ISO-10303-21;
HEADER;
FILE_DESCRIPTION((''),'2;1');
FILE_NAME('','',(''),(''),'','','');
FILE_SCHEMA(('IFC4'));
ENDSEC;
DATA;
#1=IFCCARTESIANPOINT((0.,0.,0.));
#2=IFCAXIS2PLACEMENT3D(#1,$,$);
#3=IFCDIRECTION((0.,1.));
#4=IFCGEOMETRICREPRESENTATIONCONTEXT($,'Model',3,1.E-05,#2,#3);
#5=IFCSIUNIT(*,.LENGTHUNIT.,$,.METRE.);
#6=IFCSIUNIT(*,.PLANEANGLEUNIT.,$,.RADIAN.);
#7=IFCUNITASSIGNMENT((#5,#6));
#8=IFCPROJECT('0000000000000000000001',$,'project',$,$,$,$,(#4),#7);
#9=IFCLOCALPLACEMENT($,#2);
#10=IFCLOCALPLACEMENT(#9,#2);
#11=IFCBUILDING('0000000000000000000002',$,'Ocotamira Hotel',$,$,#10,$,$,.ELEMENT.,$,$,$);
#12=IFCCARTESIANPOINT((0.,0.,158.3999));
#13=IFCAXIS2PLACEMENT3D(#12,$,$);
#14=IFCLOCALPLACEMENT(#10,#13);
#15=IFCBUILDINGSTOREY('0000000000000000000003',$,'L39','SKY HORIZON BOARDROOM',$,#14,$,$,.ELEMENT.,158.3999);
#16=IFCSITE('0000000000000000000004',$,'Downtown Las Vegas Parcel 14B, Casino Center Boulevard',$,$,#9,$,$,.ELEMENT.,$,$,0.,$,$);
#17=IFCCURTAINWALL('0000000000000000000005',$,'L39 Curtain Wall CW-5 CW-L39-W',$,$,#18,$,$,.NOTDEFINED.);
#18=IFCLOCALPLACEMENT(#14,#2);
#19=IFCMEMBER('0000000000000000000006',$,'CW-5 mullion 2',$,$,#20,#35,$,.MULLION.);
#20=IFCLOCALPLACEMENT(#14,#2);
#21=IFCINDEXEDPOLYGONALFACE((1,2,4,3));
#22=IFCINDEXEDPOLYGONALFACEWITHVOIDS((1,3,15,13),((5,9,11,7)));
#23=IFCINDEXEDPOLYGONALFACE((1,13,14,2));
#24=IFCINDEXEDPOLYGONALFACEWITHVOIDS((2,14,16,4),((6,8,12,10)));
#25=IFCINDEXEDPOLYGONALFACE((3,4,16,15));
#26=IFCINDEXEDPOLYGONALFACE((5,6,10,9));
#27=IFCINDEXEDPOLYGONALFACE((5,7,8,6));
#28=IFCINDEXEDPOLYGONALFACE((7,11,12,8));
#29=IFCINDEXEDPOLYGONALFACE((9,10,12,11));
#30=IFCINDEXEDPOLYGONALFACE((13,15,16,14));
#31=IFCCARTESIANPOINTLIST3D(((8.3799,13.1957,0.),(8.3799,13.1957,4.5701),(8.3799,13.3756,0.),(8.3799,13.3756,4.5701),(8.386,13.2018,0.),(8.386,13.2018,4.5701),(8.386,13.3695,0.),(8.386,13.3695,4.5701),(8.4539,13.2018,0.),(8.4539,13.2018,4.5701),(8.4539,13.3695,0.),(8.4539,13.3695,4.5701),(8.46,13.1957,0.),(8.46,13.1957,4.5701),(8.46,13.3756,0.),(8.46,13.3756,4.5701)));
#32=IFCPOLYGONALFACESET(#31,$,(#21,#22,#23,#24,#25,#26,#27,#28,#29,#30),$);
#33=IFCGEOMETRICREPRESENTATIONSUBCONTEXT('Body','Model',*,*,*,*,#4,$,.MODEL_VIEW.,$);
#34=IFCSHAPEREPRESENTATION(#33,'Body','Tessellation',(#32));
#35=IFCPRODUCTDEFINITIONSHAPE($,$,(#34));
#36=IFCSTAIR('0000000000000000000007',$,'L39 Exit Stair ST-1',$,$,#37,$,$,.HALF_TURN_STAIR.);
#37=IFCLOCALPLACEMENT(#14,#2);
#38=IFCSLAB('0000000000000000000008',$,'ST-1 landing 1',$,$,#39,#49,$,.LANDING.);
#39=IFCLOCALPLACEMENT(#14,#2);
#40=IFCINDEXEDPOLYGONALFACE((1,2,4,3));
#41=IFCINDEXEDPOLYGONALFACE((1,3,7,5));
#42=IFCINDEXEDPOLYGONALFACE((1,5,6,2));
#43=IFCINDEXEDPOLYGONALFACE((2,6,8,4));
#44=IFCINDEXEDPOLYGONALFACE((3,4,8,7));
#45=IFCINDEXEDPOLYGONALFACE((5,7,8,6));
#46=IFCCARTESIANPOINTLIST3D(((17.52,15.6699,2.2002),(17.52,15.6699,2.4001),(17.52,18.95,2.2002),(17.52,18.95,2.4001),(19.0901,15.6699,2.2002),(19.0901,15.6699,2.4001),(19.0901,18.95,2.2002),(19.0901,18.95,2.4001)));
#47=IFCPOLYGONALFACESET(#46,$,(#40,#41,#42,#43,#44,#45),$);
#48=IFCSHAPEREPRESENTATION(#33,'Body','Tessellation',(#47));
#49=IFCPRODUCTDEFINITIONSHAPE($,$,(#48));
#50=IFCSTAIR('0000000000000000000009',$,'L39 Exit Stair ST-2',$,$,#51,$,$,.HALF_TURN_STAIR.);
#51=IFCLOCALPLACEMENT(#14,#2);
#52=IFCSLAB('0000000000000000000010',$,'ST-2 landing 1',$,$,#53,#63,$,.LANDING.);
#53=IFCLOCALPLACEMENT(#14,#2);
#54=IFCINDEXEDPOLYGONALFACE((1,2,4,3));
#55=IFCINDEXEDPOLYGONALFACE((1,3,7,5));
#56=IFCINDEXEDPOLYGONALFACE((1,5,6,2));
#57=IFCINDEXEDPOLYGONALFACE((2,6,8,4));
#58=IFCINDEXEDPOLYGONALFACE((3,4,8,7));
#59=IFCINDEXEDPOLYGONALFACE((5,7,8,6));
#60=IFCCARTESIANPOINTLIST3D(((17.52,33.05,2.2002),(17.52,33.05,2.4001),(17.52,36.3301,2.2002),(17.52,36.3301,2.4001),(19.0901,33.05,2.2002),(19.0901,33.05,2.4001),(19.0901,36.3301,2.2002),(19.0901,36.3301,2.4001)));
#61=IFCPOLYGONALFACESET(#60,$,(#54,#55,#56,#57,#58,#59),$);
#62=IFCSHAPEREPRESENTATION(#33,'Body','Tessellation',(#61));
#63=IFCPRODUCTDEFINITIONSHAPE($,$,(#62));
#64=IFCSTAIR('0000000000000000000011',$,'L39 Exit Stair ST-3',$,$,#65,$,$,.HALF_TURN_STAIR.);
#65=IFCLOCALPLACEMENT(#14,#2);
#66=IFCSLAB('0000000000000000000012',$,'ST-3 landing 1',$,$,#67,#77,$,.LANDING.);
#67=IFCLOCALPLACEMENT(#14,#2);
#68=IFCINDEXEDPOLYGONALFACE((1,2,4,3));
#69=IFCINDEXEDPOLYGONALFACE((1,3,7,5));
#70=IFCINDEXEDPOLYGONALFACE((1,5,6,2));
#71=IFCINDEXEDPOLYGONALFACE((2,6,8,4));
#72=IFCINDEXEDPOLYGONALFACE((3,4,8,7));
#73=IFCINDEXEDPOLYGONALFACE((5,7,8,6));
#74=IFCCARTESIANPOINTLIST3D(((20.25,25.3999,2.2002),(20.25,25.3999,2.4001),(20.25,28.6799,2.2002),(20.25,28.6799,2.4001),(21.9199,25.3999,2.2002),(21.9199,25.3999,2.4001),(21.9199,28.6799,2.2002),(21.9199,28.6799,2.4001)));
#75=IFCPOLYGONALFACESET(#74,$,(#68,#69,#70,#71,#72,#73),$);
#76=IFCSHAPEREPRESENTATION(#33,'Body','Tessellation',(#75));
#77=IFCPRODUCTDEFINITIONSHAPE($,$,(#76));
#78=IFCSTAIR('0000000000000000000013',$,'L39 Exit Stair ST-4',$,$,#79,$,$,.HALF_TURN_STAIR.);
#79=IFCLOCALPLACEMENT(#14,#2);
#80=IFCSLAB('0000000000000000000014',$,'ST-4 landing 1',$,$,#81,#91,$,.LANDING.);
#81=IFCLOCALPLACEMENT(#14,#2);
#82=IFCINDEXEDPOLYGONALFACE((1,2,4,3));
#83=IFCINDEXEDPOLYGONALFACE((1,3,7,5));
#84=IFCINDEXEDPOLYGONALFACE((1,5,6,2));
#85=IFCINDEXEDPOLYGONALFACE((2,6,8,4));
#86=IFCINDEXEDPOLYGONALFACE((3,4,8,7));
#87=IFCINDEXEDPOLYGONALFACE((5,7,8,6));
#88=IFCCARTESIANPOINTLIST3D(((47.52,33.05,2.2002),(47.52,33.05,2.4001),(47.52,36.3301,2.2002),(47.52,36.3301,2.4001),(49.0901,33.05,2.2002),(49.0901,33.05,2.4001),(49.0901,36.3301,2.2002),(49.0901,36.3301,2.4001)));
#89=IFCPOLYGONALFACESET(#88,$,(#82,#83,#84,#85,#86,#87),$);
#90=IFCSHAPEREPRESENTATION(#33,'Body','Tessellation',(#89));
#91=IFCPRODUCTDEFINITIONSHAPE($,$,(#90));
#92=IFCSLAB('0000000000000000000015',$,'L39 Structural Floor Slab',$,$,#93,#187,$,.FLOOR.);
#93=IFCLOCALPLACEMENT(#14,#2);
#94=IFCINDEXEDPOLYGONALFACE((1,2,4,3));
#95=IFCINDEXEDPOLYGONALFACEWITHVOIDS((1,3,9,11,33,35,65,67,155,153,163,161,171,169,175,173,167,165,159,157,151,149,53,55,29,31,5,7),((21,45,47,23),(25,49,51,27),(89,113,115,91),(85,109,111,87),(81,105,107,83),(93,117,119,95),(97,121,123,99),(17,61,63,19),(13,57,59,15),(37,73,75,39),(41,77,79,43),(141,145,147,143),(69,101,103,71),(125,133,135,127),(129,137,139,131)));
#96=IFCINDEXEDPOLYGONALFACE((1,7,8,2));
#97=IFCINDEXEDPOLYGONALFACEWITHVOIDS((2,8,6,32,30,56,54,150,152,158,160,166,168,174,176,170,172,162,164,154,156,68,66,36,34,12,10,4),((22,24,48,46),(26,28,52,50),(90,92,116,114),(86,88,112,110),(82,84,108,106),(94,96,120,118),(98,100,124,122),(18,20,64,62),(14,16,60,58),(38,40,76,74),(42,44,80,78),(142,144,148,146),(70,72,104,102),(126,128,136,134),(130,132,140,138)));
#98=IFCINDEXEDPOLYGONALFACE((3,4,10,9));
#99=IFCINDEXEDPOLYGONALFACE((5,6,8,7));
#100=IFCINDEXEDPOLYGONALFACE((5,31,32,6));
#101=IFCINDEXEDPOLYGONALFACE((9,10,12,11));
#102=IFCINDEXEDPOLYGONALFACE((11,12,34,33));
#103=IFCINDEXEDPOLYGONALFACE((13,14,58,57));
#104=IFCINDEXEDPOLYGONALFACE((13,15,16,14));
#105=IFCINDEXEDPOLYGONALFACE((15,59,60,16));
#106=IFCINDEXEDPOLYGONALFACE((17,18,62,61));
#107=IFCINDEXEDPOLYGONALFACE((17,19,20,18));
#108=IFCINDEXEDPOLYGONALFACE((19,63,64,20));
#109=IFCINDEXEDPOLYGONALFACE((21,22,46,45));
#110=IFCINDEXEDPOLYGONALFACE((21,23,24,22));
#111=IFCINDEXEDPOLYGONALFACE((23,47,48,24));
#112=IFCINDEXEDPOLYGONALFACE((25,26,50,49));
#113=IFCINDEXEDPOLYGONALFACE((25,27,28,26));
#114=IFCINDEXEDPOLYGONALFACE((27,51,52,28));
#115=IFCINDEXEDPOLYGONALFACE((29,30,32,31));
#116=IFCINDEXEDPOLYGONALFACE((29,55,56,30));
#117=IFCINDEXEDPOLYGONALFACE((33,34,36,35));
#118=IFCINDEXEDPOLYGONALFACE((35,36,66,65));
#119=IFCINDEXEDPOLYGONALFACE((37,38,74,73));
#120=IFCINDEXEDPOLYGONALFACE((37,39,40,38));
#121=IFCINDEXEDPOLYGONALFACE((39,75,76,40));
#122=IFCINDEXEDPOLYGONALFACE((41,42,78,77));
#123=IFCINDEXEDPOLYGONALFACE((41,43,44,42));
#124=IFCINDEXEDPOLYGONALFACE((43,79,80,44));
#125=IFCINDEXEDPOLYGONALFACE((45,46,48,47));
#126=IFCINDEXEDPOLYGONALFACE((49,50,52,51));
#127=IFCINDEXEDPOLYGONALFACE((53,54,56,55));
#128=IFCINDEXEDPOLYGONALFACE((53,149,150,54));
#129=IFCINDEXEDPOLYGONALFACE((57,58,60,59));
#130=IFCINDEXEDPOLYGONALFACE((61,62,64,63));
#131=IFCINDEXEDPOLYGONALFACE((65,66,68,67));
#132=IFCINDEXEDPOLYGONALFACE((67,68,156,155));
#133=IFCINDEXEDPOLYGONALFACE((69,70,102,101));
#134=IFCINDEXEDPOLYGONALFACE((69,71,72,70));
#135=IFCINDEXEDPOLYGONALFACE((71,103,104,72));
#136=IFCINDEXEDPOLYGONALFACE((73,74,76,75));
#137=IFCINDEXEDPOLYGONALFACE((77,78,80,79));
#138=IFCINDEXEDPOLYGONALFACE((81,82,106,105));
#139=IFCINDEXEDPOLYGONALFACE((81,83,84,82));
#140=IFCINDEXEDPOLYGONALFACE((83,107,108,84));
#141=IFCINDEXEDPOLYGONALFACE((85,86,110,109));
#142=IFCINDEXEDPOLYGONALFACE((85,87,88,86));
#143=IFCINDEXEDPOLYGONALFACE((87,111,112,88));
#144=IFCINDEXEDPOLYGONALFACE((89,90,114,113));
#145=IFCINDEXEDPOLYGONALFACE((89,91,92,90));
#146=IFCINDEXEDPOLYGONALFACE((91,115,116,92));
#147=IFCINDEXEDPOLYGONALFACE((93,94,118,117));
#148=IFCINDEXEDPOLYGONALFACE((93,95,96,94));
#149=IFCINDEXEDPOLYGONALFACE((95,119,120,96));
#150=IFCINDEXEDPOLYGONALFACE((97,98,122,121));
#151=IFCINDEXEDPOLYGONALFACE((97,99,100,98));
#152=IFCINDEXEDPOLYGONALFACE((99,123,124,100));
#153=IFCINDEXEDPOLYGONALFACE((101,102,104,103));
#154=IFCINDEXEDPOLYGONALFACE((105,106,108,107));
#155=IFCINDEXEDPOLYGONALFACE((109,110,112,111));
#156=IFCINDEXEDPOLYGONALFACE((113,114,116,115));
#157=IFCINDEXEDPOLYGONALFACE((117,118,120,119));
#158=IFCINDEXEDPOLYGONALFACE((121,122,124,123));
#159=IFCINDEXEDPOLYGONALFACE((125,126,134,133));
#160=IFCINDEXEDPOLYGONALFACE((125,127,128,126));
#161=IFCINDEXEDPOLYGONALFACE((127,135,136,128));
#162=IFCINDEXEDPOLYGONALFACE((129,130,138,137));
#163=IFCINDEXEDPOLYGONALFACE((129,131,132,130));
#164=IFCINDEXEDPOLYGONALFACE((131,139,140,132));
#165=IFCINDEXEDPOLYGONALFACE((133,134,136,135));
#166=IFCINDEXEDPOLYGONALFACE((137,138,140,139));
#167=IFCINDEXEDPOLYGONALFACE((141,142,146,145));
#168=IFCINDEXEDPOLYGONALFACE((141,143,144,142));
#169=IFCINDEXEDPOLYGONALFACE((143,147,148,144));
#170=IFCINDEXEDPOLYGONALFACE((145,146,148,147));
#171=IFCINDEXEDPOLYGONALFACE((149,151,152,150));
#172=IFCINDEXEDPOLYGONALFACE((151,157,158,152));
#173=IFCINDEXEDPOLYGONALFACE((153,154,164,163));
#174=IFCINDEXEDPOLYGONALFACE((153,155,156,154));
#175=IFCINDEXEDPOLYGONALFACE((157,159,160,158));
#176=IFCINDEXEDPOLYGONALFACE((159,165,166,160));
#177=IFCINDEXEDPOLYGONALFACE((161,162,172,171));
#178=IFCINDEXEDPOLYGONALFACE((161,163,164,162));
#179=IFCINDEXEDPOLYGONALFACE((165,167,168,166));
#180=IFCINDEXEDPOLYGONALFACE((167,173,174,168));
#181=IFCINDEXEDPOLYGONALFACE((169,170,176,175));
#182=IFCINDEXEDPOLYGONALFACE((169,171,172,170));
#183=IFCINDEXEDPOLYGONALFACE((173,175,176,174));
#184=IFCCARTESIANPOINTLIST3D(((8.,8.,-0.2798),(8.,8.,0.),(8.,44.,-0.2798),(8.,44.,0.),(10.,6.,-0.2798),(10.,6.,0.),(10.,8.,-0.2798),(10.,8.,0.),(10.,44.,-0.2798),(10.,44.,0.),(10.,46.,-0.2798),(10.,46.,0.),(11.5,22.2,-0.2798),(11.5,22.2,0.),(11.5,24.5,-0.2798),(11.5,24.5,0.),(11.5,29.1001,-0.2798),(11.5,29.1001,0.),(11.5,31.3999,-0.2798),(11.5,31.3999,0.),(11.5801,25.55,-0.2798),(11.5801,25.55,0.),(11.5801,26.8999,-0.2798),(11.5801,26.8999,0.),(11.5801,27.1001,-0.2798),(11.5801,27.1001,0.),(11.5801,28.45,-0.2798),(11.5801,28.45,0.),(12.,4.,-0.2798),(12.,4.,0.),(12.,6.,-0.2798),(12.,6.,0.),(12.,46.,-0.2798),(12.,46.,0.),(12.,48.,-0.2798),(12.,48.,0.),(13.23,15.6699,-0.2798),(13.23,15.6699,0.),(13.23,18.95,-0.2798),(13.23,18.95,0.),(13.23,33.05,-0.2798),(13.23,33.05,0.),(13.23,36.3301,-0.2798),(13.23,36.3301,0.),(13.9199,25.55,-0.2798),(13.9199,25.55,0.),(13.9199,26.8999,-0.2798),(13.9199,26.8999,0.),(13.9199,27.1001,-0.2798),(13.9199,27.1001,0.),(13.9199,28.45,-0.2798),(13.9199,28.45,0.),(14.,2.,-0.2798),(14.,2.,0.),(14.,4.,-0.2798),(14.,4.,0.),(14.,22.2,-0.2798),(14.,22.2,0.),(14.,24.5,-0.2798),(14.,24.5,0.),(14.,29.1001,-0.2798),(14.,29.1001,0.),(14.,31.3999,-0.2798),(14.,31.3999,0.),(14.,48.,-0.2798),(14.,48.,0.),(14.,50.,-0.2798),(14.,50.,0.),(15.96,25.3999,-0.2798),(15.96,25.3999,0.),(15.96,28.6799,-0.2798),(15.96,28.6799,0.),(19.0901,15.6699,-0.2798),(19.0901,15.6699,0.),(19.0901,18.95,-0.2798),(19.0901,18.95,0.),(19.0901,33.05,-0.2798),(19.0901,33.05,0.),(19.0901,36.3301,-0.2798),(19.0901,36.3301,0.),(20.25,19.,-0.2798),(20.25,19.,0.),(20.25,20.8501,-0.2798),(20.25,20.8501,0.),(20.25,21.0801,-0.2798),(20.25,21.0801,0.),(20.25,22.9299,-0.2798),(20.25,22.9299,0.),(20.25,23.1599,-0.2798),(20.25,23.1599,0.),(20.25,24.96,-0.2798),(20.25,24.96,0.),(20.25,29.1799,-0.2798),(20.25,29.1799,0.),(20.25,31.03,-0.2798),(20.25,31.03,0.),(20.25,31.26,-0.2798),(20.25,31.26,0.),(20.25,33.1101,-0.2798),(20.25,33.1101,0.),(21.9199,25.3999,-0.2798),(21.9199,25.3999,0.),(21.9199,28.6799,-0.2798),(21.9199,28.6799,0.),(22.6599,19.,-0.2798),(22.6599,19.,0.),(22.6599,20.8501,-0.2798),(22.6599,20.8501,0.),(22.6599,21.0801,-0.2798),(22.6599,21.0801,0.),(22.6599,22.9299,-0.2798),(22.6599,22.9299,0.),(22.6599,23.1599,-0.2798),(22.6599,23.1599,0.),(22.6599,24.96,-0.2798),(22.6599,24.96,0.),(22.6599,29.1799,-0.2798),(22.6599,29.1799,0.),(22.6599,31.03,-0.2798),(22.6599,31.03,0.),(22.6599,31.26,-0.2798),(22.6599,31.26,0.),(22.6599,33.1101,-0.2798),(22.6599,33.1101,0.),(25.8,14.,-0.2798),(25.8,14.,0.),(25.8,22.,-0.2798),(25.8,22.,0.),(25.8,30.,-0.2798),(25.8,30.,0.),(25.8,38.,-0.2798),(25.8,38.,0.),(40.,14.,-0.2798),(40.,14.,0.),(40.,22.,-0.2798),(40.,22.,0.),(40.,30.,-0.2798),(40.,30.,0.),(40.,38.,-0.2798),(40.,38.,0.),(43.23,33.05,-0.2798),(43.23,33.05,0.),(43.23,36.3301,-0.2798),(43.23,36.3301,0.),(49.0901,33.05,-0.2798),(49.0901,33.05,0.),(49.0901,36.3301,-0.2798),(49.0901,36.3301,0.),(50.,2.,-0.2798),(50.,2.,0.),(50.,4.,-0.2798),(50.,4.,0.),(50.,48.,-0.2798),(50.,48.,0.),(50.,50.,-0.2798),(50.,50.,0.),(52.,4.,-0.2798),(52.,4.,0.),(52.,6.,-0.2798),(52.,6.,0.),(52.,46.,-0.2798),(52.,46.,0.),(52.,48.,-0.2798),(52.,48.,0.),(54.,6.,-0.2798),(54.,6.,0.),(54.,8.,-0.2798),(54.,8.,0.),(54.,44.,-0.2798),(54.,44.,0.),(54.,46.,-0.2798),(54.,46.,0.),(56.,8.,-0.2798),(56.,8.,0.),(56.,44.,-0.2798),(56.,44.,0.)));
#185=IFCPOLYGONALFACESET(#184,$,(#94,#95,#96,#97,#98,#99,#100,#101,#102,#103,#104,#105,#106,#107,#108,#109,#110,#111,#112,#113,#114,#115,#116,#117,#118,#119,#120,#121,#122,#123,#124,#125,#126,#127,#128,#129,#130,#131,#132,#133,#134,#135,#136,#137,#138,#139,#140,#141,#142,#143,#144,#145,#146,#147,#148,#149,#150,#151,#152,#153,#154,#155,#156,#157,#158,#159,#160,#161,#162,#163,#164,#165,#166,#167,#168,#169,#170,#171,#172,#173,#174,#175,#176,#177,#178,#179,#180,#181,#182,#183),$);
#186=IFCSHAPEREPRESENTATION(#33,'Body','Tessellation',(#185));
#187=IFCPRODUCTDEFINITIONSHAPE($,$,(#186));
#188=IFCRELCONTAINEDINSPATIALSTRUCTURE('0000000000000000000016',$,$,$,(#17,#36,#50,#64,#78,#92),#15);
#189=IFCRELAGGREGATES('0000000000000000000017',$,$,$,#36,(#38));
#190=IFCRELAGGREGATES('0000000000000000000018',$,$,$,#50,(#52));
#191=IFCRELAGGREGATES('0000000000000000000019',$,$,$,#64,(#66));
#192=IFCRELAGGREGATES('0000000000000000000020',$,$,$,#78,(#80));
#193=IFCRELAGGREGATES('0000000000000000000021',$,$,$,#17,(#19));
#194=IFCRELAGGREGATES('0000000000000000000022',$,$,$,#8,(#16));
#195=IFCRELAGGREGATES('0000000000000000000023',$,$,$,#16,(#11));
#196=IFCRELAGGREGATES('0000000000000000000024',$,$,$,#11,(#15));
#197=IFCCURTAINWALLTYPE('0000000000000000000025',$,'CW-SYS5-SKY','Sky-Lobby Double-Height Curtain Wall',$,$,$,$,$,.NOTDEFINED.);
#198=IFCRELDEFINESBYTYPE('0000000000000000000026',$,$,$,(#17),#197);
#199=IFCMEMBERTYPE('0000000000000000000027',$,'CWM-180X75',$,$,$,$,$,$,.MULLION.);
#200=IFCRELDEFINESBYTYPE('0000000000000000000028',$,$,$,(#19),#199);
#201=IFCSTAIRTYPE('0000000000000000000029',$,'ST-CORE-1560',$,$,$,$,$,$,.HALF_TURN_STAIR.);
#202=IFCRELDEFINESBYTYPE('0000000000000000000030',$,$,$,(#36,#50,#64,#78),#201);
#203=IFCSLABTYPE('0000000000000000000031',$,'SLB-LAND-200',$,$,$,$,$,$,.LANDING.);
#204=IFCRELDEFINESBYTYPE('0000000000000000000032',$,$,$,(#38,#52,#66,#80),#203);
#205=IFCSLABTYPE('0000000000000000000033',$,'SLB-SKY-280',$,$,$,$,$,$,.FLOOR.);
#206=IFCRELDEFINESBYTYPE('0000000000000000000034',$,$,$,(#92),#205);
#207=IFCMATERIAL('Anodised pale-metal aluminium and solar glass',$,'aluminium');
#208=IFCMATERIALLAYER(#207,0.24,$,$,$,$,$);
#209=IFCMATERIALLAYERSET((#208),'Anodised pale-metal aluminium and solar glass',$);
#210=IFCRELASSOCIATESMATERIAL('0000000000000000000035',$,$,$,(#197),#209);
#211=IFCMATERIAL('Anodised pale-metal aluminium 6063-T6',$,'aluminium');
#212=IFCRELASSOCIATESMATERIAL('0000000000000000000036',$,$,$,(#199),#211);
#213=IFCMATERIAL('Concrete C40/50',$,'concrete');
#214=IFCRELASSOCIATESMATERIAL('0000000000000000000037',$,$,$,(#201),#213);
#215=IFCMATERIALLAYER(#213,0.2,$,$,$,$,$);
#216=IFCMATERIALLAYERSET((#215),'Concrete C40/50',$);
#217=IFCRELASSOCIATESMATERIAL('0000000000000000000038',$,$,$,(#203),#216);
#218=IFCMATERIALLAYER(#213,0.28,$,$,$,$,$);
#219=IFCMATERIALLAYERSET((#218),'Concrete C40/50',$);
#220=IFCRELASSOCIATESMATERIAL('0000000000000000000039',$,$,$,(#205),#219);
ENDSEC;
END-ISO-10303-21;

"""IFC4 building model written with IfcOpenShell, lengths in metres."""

from ifc_helpers import new_model, si_unit, direction, frame, origin, origin_2d, place, context, subcontext, project, spatial, polyline, hollow_rectangle, outline, extrude, source, transform, mapped, material, layer, layer_set, material_profile, profile_set, type_object, element, aggregate, save


model = new_model("IFC4")

# Units and contexts
model_context = context("Model", 3, precision=1e-05, world=origin(), true_north=direction((0.0, 1.0)))
body_context = subcontext(model_context, "Body", "Model", "MODEL_VIEW")
ifc_project = project(units=[si_unit("LENGTHUNIT", "METRE"), si_unit("PLANEANGLEUNIT", "RADIAN")], contexts=[model_context])

# Site, building, storey
site_placement = place(None, origin())
site = spatial("IfcSite", under=ifc_project, at=site_placement, Name="Downtown Las Vegas Parcel 14B, Casino Center Boulevard", CompositionType="ELEMENT", RefElevation=0.0)
building_placement = place(site_placement, origin())
building = spatial("IfcBuilding", under=site, at=building_placement, Name="Ocotamira Hotel", CompositionType="ELEMENT")
storey_placement = place(building_placement, frame((0.0, 0.0, 158.3999)))
storey = spatial("IfcBuildingStorey", under=building, at=storey_placement, Name="L39", Description="SKY HORIZON BOARDROOM", CompositionType="ELEMENT", Elevation=158.3999)

# Curtain wall, member
ifc_material_1 = material(Name="Anodised pale-metal aluminium and solar glass", Category="aluminium")
ifc_layer_1 = layer(ifc_material_1, 0.24)
ifc_layer_set_1 = layer_set([ifc_layer_1], Name="Anodised pale-metal aluminium and solar glass")
curtain_wall_type = type_object("IfcCurtainWallType", Name="CW-SYS5-SKY", Description="Sky-Lobby Double-Height Curtain Wall", PredefinedType="NOTDEFINED", material=ifc_layer_set_1)
curtain_wall_placement = place(storey_placement, origin())
curtain_wall = element("IfcCurtainWall", 1, at=curtain_wall_placement, inside=storey, type_object=curtain_wall_type, Name="L39 Curtain Wall CW-5 CW-L39-W", PredefinedType="NOTDEFINED")
ifc_material_2 = material(Name="Anodised pale-metal aluminium 6063-T6", Category="aluminium")
ifc_material_profile_1 = material_profile(ifc_material_2, hollow_rectangle(XDim=0.0801, YDim=0.1799, WallThickness=0.0061, at=origin_2d()), Name="HSS180X80X6")
ifc_profile_set_1 = profile_set([ifc_material_profile_1], Name="Anodised pale-metal aluminium 6063-T6")
member_type_1 = type_object("IfcMemberType", Name="CWM-180X75", PredefinedType="MULLION", material=ifc_profile_set_1)
shared_shape_1 = source(origin(), body_context, "Body", "SweptSolid", [
    extrude(hollow_rectangle(XDim=0.0801, YDim=0.1799, WallThickness=0.0061, at=origin_2d()), origin(), (0.0, 0.0, 1.0), 4.5701),
])
member_1_placement = place(storey_placement, frame((8.4199, 13.2856, 0.0), z_axis=(0.0, 0.0, 1.0), x_axis=(-1.0, 0.0, 0.0)))
member_1 = element("IfcMember", 2, at=member_1_placement, type_object=member_type_1, Name="CW-5 mullion 2", PredefinedType="MULLION", context=body_context, shape_type="MappedRepresentation", body=[
    mapped(shared_shape_1, transform((0.0, 0.0, 0.0), scale=1.0)),
])

# Stairs, slabs
ifc_material_3 = material(Name="Concrete C40/50", Category="concrete")
stair_type = type_object("IfcStairType", Name="ST-CORE-1560", PredefinedType="HALF_TURN_STAIR", material=ifc_material_3)
stair_1_placement = place(storey_placement, origin())
stair_1 = element("IfcStair", 3, at=stair_1_placement, inside=storey, type_object=stair_type, Name="L39 Exit Stair ST-1", PredefinedType="HALF_TURN_STAIR")
ifc_layer_2 = layer(ifc_material_3, 0.2)
ifc_layer_set_2 = layer_set([ifc_layer_2], Name="Concrete C40/50")
slab_type_1 = type_object("IfcSlabType", Name="SLB-LAND-200", PredefinedType="LANDING", material=ifc_layer_set_2)
slab_1_placement = place(storey_placement, frame((0.0, 0.0, 2.2002)))
slab_1 = element("IfcSlab", 4, at=slab_1_placement, type_object=slab_type_1, Name="ST-1 landing 1", PredefinedType="LANDING", context=body_context, shape_type="SweptSolid", body=[
    extrude(outline(polyline([(17.52, 15.6699), (19.0901, 15.6699), (19.0901, 18.95), (17.52, 18.95), (17.52, 15.6699)])), origin(), (0.0, 0.0, 1.0), 0.2),
])
aggregate(stair_1, [slab_1])
stair_2_placement = place(storey_placement, origin())
stair_2 = element("IfcStair", 5, at=stair_2_placement, inside=storey, type_object=stair_type, Name="L39 Exit Stair ST-2", PredefinedType="HALF_TURN_STAIR")
slab_2_placement = place(storey_placement, frame((0.0, 0.0, 2.2002)))
slab_2 = element("IfcSlab", 6, at=slab_2_placement, type_object=slab_type_1, Name="ST-2 landing 1", PredefinedType="LANDING", context=body_context, shape_type="SweptSolid", body=[
    extrude(outline(polyline([(17.52, 33.05), (19.0901, 33.05), (19.0901, 36.3301), (17.52, 36.3301), (17.52, 33.05)])), origin(), (0.0, 0.0, 1.0), 0.2),
])
aggregate(stair_2, [slab_2])
stair_3_placement = place(storey_placement, origin())
stair_3 = element("IfcStair", 7, at=stair_3_placement, inside=storey, type_object=stair_type, Name="L39 Exit Stair ST-3", PredefinedType="HALF_TURN_STAIR")
slab_3_placement = place(storey_placement, frame((0.0, 0.0, 2.2002)))
slab_3 = element("IfcSlab", 8, at=slab_3_placement, type_object=slab_type_1, Name="ST-3 landing 1", PredefinedType="LANDING", context=body_context, shape_type="SweptSolid", body=[
    extrude(outline(polyline([(20.25, 25.3999), (21.9199, 25.3999), (21.9199, 28.6799), (20.25, 28.6799), (20.25, 25.3999)])), origin(), (0.0, 0.0, 1.0), 0.2),
])
aggregate(stair_3, [slab_3])
stair_4_placement = place(storey_placement, origin())
stair_4 = element("IfcStair", 9, at=stair_4_placement, inside=storey, type_object=stair_type, Name="L39 Exit Stair ST-4", PredefinedType="HALF_TURN_STAIR")
slab_4_placement = place(storey_placement, frame((0.0, 0.0, 2.2002)))
slab_4 = element("IfcSlab", 10, at=slab_4_placement, type_object=slab_type_1, Name="ST-4 landing 1", PredefinedType="LANDING", context=body_context, shape_type="SweptSolid", body=[
    extrude(outline(polyline([(47.52, 33.05), (49.0901, 33.05), (49.0901, 36.3301), (47.52, 36.3301), (47.52, 33.05)])), origin(), (0.0, 0.0, 1.0), 0.2),
])
aggregate(stair_4, [slab_4])

# Slab
ifc_layer_3 = layer(ifc_material_3, 0.28)
ifc_layer_set_3 = layer_set([ifc_layer_3], Name="Concrete C40/50")
slab_type_2 = type_object("IfcSlabType", Name="SLB-SKY-280", PredefinedType="FLOOR", material=ifc_layer_set_3)
slab_5_placement = place(storey_placement, frame((0.0, 0.0, -0.2798)))
element("IfcSlab", 11, at=slab_5_placement, inside=storey, type_object=slab_type_2, Name="L39 Structural Floor Slab", PredefinedType="FLOOR", context=body_context, shape_type="SweptSolid", body=[
    extrude(outline(polyline([(14.0, 2.0), (50.0, 2.0), (50.0, 4.0), (52.0, 4.0), (52.0, 6.0), (54.0, 6.0), (54.0, 8.0), (56.0, 8.0), (56.0, 44.0), (54.0, 44.0), (54.0, 46.0), (52.0, 46.0), (52.0, 48.0), (50.0, 48.0), (50.0, 50.0), (14.0, 50.0), (14.0, 48.0), (12.0, 48.0), (12.0, 46.0), (10.0, 46.0), (10.0, 44.0), (8.0, 44.0), (8.0, 8.0), (10.0, 8.0), (10.0, 6.0), (12.0, 6.0), (12.0, 4.0), (14.0, 4.0), (14.0, 2.0)]), holes=[polyline([(25.8, 14.0), (40.0, 14.0), (40.0, 22.0), (25.8, 22.0), (25.8, 14.0)]), polyline([(25.8, 30.0), (40.0, 30.0), (40.0, 38.0), (25.8, 38.0), (25.8, 30.0)]), polyline([(13.23, 15.6699), (19.0901, 15.6699), (19.0901, 18.95), (13.23, 18.95), (13.23, 15.6699)]), polyline([(13.23, 33.05), (19.0901, 33.05), (19.0901, 36.3301), (13.23, 36.3301), (13.23, 33.05)]), polyline([(15.96, 25.3999), (21.9199, 25.3999), (21.9199, 28.6799), (15.96, 28.6799), (15.96, 25.3999)]), polyline([(43.23, 33.05), (49.0901, 33.05), (49.0901, 36.3301), (43.23, 36.3301), (43.23, 33.05)]), polyline([(20.25, 19.0), (22.6599, 19.0), (22.6599, 20.8501), (20.25, 20.8501), (20.25, 19.0)]), polyline([(20.25, 21.0801), (22.6599, 21.0801), (22.6599, 22.9299), (20.25, 22.9299), (20.25, 21.0801)]), polyline([(20.25, 23.1599), (22.6599, 23.1599), (22.6599, 24.96), (20.25, 24.96), (20.25, 23.1599)]), polyline([(20.25, 29.1799), (22.6599, 29.1799), (22.6599, 31.03), (20.25, 31.03), (20.25, 29.1799)]), polyline([(20.25, 31.26), (22.6599, 31.26), (22.6599, 33.1101), (20.25, 33.1101), (20.25, 31.26)]), polyline([(11.5, 22.2), (14.0, 22.2), (14.0, 24.5), (11.5, 24.5), (11.5, 22.2)]), polyline([(11.5, 29.1001), (14.0, 29.1001), (14.0, 31.3999), (11.5, 31.3999), (11.5, 29.1001)]), polyline([(11.5801, 25.55), (13.9199, 25.55), (13.9199, 26.8999), (11.5801, 26.8999), (11.5801, 25.55)]), polyline([(11.5801, 27.1001), (13.9199, 27.1001), (13.9199, 28.45), (11.5801, 28.45), (11.5801, 27.1001)])]), origin(), (0.0, 0.0, 1.0), 0.2798),
])

aggregate(curtain_wall, [member_1])

save(model, "model.ifc")
